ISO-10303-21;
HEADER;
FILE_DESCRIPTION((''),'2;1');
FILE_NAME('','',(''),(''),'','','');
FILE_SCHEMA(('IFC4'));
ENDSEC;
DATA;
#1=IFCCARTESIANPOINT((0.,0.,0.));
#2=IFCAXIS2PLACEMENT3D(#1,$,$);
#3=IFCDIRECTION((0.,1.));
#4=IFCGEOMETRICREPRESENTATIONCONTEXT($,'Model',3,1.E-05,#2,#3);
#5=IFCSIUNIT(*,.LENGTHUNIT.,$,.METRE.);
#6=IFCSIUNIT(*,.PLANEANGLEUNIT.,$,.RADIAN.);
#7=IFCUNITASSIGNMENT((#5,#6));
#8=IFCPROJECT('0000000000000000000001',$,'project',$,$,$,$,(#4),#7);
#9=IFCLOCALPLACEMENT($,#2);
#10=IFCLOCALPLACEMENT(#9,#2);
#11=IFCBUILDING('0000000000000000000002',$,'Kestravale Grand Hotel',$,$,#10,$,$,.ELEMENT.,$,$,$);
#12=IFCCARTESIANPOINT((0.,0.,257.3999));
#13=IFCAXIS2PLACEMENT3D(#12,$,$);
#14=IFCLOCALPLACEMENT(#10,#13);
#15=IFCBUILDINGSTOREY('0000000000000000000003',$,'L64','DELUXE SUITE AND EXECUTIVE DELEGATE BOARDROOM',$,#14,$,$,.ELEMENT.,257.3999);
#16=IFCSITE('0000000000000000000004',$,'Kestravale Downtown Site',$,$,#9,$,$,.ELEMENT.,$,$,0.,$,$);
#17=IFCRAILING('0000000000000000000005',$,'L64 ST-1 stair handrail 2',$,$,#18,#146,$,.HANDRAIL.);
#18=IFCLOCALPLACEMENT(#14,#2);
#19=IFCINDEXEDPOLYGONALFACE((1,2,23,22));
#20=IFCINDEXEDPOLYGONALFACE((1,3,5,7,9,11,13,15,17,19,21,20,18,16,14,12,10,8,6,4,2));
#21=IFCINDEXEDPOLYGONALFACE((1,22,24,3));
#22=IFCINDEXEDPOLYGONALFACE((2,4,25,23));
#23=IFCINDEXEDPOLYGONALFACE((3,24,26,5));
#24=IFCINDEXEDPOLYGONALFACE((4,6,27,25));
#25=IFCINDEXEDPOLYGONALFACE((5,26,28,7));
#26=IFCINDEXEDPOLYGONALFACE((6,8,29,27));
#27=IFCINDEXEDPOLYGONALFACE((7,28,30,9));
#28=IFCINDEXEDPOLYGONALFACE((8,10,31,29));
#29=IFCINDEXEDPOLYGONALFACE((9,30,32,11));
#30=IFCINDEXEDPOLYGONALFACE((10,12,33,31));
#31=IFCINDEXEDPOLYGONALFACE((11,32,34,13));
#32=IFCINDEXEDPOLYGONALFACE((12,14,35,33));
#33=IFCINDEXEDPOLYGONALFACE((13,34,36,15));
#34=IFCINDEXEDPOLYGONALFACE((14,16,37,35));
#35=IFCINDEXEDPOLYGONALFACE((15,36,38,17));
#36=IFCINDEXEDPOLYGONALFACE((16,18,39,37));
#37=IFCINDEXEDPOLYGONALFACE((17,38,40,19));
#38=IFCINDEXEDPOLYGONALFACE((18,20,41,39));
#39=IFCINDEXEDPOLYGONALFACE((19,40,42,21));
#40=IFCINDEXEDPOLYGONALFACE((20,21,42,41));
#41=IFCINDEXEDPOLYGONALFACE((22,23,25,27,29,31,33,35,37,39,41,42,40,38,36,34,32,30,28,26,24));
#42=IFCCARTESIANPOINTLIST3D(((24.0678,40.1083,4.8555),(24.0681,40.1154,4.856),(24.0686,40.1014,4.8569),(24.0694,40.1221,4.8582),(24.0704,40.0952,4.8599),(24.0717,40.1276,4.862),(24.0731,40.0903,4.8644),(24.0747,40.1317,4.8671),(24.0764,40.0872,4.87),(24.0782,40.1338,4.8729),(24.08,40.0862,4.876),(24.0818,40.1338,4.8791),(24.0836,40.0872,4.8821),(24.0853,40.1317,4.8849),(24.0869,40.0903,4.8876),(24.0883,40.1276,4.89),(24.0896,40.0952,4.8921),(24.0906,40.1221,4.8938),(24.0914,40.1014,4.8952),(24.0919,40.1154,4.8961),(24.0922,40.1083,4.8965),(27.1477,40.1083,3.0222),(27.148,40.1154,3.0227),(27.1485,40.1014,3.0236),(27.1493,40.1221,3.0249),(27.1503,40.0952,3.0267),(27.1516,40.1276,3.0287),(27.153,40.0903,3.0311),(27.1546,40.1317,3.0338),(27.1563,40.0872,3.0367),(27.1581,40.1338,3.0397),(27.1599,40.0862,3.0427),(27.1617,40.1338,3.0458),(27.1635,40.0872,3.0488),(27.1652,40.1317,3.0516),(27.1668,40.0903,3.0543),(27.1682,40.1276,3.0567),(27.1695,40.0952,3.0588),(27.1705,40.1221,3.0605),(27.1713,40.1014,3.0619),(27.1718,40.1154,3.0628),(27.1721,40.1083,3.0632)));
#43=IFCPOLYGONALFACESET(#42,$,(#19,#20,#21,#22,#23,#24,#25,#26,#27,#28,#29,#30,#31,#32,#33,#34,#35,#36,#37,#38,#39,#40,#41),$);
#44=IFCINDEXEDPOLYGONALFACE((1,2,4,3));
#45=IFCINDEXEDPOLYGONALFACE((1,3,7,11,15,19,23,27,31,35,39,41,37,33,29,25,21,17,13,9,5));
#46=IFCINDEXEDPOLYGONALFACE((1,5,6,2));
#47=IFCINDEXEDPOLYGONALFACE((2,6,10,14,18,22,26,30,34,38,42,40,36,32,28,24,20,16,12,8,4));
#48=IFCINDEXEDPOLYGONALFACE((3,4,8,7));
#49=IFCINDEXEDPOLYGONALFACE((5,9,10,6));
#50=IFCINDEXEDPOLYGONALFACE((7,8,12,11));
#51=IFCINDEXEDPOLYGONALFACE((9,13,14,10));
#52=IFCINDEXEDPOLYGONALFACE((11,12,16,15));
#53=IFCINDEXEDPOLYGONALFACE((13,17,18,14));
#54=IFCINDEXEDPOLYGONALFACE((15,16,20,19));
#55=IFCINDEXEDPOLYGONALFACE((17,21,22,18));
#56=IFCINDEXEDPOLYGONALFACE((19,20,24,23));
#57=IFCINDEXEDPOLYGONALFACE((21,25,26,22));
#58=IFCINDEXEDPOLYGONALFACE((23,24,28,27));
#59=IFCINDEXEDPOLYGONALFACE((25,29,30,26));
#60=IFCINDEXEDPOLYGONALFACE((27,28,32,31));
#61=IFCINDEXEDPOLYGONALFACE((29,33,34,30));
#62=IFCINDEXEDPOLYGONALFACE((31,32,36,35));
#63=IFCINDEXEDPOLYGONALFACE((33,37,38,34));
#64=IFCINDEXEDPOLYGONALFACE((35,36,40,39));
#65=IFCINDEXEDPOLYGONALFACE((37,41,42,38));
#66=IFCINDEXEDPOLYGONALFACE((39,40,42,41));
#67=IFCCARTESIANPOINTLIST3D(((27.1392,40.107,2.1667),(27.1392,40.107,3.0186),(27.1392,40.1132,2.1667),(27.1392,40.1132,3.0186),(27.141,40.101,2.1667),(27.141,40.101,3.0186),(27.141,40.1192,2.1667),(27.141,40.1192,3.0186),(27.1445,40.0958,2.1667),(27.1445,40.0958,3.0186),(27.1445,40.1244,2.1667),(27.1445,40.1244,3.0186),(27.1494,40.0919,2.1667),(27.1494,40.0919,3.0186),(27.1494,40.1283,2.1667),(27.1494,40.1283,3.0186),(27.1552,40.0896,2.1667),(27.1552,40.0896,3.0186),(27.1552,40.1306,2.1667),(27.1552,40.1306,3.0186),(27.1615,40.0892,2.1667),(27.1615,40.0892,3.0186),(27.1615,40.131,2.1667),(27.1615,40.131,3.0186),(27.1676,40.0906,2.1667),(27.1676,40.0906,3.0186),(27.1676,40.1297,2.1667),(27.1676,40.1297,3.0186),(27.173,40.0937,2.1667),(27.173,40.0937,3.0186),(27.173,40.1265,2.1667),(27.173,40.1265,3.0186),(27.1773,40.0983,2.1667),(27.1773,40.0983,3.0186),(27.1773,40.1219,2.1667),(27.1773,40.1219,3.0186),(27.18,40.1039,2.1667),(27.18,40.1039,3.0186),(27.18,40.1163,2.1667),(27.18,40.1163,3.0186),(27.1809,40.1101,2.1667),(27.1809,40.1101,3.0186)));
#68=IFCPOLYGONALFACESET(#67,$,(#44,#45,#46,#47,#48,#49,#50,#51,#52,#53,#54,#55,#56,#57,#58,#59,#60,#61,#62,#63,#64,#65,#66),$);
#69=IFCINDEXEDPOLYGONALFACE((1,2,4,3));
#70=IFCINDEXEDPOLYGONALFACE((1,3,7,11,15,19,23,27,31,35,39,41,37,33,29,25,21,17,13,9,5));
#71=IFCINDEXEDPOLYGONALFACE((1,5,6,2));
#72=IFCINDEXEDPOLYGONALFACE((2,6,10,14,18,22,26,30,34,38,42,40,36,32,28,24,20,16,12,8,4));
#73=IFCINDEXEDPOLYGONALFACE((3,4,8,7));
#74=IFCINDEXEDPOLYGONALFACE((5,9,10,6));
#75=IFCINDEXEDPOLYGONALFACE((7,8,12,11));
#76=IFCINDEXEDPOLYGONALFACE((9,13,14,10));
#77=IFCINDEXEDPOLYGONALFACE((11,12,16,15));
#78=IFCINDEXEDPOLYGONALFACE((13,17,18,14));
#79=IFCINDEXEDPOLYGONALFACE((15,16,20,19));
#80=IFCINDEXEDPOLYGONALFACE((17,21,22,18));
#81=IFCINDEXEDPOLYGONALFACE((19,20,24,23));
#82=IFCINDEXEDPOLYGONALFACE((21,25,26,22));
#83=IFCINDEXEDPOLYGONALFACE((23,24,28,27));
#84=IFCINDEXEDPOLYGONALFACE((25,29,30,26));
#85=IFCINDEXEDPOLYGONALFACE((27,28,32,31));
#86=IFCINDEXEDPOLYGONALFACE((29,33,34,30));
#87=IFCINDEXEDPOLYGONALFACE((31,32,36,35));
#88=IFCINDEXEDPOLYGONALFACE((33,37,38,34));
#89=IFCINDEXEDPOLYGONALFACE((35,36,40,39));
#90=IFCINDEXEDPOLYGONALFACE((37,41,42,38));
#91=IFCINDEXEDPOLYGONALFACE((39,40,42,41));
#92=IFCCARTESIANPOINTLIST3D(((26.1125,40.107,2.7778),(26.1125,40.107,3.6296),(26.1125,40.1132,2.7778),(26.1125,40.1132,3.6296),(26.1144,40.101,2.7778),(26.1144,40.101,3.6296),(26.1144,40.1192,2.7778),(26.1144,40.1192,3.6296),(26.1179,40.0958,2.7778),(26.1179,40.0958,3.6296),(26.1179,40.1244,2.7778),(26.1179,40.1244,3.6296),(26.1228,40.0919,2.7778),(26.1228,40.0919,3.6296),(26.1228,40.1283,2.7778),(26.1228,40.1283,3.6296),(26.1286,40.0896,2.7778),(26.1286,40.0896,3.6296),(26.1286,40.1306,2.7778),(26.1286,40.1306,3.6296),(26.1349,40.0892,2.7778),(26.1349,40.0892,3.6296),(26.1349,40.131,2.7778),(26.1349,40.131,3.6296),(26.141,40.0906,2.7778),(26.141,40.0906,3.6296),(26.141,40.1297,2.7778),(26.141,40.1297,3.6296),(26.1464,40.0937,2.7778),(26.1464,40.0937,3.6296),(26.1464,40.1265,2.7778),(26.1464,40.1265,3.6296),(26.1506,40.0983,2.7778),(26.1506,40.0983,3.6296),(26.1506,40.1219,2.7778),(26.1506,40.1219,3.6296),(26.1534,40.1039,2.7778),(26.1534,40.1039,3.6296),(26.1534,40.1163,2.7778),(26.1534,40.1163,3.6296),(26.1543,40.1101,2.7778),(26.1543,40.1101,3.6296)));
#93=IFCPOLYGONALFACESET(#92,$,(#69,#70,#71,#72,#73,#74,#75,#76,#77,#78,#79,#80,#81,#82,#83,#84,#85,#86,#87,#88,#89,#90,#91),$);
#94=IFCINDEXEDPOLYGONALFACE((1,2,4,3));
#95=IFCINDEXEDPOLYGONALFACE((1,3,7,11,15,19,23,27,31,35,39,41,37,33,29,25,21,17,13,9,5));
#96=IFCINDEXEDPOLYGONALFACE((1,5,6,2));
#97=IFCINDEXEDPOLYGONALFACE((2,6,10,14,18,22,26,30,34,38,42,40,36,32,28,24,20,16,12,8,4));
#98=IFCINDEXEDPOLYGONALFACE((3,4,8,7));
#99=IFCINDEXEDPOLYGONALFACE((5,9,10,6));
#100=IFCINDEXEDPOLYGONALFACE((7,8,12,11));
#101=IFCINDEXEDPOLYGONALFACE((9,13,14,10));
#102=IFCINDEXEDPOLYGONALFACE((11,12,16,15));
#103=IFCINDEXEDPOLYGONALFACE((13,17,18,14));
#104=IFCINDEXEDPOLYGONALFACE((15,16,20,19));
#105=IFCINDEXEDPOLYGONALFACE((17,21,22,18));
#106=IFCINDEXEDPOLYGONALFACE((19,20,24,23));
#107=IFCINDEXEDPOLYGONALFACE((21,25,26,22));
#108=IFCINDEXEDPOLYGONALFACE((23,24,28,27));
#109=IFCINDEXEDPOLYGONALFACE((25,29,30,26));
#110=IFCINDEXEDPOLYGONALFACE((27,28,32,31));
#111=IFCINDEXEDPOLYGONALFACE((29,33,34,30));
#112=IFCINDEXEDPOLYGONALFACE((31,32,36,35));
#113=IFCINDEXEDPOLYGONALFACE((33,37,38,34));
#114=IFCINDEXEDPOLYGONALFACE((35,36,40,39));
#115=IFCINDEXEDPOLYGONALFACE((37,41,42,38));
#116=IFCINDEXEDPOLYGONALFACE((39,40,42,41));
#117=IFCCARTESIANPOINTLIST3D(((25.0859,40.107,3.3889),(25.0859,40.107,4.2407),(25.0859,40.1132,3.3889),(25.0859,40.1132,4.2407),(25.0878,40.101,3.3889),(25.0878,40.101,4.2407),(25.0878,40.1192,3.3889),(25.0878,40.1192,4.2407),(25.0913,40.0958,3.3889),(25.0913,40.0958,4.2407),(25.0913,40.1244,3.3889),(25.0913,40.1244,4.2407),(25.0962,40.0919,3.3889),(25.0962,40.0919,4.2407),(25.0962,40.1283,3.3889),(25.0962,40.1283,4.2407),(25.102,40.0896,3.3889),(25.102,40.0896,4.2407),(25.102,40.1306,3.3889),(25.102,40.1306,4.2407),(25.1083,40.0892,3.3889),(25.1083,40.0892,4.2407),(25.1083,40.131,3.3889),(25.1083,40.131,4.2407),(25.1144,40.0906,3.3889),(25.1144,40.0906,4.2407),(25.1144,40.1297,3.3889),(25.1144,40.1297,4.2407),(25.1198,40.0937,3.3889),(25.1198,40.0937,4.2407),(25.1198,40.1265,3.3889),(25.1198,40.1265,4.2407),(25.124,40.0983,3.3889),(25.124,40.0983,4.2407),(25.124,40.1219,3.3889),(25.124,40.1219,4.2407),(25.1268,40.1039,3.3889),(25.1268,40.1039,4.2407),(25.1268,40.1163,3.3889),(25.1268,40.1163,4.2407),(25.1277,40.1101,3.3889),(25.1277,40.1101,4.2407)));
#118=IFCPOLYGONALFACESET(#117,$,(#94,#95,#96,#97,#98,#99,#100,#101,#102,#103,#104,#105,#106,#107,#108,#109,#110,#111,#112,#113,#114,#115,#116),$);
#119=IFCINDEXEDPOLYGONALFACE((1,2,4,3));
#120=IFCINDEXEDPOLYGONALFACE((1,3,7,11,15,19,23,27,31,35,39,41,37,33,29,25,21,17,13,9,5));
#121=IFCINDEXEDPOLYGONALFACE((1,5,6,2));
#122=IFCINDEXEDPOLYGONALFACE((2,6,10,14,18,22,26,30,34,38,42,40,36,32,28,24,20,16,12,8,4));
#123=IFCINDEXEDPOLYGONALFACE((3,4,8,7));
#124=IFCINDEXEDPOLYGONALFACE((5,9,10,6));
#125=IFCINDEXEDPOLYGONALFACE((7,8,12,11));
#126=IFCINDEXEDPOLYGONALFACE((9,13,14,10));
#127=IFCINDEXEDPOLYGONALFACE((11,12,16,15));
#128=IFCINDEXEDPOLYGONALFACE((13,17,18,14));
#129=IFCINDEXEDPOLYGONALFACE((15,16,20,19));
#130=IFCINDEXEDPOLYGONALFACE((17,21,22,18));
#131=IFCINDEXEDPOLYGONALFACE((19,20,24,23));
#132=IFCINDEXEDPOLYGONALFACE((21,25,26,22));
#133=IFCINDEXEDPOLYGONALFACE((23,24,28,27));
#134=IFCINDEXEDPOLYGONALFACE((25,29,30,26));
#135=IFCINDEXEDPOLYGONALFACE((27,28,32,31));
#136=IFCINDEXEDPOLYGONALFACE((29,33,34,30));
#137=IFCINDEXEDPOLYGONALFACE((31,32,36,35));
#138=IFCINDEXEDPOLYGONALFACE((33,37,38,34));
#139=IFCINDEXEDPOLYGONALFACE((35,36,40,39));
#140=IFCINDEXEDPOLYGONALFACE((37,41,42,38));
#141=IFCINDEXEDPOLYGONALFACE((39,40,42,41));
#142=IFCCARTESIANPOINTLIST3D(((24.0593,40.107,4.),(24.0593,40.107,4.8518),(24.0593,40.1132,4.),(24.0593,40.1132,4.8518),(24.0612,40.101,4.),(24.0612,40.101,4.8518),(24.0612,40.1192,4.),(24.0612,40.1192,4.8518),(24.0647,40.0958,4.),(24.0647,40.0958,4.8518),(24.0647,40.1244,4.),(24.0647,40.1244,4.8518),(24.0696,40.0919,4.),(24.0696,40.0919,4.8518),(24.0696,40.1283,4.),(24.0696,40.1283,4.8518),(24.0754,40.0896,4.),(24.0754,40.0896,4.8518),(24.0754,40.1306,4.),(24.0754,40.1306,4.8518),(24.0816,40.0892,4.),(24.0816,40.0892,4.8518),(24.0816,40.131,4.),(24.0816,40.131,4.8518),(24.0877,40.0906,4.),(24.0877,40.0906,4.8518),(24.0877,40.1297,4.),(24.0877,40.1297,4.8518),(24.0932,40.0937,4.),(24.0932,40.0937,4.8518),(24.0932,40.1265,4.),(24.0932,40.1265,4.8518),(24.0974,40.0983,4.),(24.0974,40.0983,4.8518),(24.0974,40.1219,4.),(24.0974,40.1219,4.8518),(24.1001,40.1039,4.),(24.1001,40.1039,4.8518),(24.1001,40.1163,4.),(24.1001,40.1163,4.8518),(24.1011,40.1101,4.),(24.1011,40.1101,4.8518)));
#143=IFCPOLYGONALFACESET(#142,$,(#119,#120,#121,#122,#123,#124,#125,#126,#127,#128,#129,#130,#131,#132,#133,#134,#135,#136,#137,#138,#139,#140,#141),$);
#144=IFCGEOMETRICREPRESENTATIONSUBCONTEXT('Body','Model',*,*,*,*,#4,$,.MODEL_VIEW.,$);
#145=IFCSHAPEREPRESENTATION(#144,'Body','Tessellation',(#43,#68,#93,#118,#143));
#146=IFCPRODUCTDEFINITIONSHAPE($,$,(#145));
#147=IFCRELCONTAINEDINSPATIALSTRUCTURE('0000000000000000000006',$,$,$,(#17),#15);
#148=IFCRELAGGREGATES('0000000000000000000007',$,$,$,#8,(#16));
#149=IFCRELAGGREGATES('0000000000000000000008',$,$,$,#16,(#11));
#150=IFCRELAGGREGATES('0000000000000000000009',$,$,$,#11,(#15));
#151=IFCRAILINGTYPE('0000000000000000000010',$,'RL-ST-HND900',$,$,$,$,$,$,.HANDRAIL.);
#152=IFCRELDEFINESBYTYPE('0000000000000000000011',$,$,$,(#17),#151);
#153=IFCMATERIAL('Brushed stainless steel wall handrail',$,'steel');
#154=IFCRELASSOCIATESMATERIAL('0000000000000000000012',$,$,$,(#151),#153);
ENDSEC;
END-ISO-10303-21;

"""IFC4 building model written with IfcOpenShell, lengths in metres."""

from ifc_helpers import new_model, si_unit, direction, frame, origin, origin_2d, place, context, subcontext, project, spatial, circle, extrude, material, type_object, element, save


model = new_model("IFC4")

# Units and contexts
model_context = context("Model", 3, precision=1e-05, world=origin(), true_north=direction((0.0, 1.0)))
body_context = subcontext(model_context, "Body", "Model", "MODEL_VIEW")
ifc_project = project(units=[si_unit("LENGTHUNIT", "METRE"), si_unit("PLANEANGLEUNIT", "RADIAN")], contexts=[model_context])

# Site, building, storey
site_placement = place(None, origin())
site = spatial("IfcSite", under=ifc_project, at=site_placement, Name="Kestravale Downtown Site", CompositionType="ELEMENT", RefElevation=0.0)
building_placement = place(site_placement, origin())
building = spatial("IfcBuilding", under=site, at=building_placement, Name="Kestravale Grand Hotel", CompositionType="ELEMENT")
storey_placement = place(building_placement, frame((0.0, 0.0, 257.3999)))
storey = spatial("IfcBuildingStorey", under=building, at=storey_placement, Name="L64", Description="DELUXE SUITE AND EXECUTIVE DELEGATE BOARDROOM", CompositionType="ELEMENT", Elevation=257.3999)

# Railing
ifc_material_1 = material(Name="Brushed stainless steel wall handrail", Category="steel")
railing_type_1 = type_object("IfcRailingType", Name="RL-ST-HND900", PredefinedType="HANDRAIL", material=ifc_material_1)
railing_1_placement = place(storey_placement, frame((27.1599, 40.1101, 2.1667)))
element("IfcRailing", 1, at=railing_1_placement, inside=storey, type_object=railing_type_1, Name="L64 ST-1 stair handrail 2", PredefinedType="HANDRAIL", context=body_context, shape_type="SweptSolid", body=[
    extrude(circle(Radius=0.0239, at=origin_2d()), frame((0.0, 0.0, 0.876), z_axis=(-0.859291, 0.0, 0.511487), x_axis=(0.0, -1.0, 0.0)), (0.0, 0.0, 1.0), 3.5842),
    extrude(circle(Radius=0.021, at=origin_2d()), origin(), (0.0, 0.0, 1.0), 0.8518),
    extrude(circle(Radius=0.021, at=origin_2d()), frame((-1.0266, 0.0, 0.6111)), (0.0, 0.0, 1.0), 0.8518),
    extrude(circle(Radius=0.021, at=origin_2d()), frame((-2.0532, 0.0, 1.2222)), (0.0, 0.0, 1.0), 0.8518),
    extrude(circle(Radius=0.021, at=origin_2d()), frame((-3.0798, 0.0, 1.8333)), (0.0, 0.0, 1.0), 0.8518),
])

save(model, "model.ifc")
